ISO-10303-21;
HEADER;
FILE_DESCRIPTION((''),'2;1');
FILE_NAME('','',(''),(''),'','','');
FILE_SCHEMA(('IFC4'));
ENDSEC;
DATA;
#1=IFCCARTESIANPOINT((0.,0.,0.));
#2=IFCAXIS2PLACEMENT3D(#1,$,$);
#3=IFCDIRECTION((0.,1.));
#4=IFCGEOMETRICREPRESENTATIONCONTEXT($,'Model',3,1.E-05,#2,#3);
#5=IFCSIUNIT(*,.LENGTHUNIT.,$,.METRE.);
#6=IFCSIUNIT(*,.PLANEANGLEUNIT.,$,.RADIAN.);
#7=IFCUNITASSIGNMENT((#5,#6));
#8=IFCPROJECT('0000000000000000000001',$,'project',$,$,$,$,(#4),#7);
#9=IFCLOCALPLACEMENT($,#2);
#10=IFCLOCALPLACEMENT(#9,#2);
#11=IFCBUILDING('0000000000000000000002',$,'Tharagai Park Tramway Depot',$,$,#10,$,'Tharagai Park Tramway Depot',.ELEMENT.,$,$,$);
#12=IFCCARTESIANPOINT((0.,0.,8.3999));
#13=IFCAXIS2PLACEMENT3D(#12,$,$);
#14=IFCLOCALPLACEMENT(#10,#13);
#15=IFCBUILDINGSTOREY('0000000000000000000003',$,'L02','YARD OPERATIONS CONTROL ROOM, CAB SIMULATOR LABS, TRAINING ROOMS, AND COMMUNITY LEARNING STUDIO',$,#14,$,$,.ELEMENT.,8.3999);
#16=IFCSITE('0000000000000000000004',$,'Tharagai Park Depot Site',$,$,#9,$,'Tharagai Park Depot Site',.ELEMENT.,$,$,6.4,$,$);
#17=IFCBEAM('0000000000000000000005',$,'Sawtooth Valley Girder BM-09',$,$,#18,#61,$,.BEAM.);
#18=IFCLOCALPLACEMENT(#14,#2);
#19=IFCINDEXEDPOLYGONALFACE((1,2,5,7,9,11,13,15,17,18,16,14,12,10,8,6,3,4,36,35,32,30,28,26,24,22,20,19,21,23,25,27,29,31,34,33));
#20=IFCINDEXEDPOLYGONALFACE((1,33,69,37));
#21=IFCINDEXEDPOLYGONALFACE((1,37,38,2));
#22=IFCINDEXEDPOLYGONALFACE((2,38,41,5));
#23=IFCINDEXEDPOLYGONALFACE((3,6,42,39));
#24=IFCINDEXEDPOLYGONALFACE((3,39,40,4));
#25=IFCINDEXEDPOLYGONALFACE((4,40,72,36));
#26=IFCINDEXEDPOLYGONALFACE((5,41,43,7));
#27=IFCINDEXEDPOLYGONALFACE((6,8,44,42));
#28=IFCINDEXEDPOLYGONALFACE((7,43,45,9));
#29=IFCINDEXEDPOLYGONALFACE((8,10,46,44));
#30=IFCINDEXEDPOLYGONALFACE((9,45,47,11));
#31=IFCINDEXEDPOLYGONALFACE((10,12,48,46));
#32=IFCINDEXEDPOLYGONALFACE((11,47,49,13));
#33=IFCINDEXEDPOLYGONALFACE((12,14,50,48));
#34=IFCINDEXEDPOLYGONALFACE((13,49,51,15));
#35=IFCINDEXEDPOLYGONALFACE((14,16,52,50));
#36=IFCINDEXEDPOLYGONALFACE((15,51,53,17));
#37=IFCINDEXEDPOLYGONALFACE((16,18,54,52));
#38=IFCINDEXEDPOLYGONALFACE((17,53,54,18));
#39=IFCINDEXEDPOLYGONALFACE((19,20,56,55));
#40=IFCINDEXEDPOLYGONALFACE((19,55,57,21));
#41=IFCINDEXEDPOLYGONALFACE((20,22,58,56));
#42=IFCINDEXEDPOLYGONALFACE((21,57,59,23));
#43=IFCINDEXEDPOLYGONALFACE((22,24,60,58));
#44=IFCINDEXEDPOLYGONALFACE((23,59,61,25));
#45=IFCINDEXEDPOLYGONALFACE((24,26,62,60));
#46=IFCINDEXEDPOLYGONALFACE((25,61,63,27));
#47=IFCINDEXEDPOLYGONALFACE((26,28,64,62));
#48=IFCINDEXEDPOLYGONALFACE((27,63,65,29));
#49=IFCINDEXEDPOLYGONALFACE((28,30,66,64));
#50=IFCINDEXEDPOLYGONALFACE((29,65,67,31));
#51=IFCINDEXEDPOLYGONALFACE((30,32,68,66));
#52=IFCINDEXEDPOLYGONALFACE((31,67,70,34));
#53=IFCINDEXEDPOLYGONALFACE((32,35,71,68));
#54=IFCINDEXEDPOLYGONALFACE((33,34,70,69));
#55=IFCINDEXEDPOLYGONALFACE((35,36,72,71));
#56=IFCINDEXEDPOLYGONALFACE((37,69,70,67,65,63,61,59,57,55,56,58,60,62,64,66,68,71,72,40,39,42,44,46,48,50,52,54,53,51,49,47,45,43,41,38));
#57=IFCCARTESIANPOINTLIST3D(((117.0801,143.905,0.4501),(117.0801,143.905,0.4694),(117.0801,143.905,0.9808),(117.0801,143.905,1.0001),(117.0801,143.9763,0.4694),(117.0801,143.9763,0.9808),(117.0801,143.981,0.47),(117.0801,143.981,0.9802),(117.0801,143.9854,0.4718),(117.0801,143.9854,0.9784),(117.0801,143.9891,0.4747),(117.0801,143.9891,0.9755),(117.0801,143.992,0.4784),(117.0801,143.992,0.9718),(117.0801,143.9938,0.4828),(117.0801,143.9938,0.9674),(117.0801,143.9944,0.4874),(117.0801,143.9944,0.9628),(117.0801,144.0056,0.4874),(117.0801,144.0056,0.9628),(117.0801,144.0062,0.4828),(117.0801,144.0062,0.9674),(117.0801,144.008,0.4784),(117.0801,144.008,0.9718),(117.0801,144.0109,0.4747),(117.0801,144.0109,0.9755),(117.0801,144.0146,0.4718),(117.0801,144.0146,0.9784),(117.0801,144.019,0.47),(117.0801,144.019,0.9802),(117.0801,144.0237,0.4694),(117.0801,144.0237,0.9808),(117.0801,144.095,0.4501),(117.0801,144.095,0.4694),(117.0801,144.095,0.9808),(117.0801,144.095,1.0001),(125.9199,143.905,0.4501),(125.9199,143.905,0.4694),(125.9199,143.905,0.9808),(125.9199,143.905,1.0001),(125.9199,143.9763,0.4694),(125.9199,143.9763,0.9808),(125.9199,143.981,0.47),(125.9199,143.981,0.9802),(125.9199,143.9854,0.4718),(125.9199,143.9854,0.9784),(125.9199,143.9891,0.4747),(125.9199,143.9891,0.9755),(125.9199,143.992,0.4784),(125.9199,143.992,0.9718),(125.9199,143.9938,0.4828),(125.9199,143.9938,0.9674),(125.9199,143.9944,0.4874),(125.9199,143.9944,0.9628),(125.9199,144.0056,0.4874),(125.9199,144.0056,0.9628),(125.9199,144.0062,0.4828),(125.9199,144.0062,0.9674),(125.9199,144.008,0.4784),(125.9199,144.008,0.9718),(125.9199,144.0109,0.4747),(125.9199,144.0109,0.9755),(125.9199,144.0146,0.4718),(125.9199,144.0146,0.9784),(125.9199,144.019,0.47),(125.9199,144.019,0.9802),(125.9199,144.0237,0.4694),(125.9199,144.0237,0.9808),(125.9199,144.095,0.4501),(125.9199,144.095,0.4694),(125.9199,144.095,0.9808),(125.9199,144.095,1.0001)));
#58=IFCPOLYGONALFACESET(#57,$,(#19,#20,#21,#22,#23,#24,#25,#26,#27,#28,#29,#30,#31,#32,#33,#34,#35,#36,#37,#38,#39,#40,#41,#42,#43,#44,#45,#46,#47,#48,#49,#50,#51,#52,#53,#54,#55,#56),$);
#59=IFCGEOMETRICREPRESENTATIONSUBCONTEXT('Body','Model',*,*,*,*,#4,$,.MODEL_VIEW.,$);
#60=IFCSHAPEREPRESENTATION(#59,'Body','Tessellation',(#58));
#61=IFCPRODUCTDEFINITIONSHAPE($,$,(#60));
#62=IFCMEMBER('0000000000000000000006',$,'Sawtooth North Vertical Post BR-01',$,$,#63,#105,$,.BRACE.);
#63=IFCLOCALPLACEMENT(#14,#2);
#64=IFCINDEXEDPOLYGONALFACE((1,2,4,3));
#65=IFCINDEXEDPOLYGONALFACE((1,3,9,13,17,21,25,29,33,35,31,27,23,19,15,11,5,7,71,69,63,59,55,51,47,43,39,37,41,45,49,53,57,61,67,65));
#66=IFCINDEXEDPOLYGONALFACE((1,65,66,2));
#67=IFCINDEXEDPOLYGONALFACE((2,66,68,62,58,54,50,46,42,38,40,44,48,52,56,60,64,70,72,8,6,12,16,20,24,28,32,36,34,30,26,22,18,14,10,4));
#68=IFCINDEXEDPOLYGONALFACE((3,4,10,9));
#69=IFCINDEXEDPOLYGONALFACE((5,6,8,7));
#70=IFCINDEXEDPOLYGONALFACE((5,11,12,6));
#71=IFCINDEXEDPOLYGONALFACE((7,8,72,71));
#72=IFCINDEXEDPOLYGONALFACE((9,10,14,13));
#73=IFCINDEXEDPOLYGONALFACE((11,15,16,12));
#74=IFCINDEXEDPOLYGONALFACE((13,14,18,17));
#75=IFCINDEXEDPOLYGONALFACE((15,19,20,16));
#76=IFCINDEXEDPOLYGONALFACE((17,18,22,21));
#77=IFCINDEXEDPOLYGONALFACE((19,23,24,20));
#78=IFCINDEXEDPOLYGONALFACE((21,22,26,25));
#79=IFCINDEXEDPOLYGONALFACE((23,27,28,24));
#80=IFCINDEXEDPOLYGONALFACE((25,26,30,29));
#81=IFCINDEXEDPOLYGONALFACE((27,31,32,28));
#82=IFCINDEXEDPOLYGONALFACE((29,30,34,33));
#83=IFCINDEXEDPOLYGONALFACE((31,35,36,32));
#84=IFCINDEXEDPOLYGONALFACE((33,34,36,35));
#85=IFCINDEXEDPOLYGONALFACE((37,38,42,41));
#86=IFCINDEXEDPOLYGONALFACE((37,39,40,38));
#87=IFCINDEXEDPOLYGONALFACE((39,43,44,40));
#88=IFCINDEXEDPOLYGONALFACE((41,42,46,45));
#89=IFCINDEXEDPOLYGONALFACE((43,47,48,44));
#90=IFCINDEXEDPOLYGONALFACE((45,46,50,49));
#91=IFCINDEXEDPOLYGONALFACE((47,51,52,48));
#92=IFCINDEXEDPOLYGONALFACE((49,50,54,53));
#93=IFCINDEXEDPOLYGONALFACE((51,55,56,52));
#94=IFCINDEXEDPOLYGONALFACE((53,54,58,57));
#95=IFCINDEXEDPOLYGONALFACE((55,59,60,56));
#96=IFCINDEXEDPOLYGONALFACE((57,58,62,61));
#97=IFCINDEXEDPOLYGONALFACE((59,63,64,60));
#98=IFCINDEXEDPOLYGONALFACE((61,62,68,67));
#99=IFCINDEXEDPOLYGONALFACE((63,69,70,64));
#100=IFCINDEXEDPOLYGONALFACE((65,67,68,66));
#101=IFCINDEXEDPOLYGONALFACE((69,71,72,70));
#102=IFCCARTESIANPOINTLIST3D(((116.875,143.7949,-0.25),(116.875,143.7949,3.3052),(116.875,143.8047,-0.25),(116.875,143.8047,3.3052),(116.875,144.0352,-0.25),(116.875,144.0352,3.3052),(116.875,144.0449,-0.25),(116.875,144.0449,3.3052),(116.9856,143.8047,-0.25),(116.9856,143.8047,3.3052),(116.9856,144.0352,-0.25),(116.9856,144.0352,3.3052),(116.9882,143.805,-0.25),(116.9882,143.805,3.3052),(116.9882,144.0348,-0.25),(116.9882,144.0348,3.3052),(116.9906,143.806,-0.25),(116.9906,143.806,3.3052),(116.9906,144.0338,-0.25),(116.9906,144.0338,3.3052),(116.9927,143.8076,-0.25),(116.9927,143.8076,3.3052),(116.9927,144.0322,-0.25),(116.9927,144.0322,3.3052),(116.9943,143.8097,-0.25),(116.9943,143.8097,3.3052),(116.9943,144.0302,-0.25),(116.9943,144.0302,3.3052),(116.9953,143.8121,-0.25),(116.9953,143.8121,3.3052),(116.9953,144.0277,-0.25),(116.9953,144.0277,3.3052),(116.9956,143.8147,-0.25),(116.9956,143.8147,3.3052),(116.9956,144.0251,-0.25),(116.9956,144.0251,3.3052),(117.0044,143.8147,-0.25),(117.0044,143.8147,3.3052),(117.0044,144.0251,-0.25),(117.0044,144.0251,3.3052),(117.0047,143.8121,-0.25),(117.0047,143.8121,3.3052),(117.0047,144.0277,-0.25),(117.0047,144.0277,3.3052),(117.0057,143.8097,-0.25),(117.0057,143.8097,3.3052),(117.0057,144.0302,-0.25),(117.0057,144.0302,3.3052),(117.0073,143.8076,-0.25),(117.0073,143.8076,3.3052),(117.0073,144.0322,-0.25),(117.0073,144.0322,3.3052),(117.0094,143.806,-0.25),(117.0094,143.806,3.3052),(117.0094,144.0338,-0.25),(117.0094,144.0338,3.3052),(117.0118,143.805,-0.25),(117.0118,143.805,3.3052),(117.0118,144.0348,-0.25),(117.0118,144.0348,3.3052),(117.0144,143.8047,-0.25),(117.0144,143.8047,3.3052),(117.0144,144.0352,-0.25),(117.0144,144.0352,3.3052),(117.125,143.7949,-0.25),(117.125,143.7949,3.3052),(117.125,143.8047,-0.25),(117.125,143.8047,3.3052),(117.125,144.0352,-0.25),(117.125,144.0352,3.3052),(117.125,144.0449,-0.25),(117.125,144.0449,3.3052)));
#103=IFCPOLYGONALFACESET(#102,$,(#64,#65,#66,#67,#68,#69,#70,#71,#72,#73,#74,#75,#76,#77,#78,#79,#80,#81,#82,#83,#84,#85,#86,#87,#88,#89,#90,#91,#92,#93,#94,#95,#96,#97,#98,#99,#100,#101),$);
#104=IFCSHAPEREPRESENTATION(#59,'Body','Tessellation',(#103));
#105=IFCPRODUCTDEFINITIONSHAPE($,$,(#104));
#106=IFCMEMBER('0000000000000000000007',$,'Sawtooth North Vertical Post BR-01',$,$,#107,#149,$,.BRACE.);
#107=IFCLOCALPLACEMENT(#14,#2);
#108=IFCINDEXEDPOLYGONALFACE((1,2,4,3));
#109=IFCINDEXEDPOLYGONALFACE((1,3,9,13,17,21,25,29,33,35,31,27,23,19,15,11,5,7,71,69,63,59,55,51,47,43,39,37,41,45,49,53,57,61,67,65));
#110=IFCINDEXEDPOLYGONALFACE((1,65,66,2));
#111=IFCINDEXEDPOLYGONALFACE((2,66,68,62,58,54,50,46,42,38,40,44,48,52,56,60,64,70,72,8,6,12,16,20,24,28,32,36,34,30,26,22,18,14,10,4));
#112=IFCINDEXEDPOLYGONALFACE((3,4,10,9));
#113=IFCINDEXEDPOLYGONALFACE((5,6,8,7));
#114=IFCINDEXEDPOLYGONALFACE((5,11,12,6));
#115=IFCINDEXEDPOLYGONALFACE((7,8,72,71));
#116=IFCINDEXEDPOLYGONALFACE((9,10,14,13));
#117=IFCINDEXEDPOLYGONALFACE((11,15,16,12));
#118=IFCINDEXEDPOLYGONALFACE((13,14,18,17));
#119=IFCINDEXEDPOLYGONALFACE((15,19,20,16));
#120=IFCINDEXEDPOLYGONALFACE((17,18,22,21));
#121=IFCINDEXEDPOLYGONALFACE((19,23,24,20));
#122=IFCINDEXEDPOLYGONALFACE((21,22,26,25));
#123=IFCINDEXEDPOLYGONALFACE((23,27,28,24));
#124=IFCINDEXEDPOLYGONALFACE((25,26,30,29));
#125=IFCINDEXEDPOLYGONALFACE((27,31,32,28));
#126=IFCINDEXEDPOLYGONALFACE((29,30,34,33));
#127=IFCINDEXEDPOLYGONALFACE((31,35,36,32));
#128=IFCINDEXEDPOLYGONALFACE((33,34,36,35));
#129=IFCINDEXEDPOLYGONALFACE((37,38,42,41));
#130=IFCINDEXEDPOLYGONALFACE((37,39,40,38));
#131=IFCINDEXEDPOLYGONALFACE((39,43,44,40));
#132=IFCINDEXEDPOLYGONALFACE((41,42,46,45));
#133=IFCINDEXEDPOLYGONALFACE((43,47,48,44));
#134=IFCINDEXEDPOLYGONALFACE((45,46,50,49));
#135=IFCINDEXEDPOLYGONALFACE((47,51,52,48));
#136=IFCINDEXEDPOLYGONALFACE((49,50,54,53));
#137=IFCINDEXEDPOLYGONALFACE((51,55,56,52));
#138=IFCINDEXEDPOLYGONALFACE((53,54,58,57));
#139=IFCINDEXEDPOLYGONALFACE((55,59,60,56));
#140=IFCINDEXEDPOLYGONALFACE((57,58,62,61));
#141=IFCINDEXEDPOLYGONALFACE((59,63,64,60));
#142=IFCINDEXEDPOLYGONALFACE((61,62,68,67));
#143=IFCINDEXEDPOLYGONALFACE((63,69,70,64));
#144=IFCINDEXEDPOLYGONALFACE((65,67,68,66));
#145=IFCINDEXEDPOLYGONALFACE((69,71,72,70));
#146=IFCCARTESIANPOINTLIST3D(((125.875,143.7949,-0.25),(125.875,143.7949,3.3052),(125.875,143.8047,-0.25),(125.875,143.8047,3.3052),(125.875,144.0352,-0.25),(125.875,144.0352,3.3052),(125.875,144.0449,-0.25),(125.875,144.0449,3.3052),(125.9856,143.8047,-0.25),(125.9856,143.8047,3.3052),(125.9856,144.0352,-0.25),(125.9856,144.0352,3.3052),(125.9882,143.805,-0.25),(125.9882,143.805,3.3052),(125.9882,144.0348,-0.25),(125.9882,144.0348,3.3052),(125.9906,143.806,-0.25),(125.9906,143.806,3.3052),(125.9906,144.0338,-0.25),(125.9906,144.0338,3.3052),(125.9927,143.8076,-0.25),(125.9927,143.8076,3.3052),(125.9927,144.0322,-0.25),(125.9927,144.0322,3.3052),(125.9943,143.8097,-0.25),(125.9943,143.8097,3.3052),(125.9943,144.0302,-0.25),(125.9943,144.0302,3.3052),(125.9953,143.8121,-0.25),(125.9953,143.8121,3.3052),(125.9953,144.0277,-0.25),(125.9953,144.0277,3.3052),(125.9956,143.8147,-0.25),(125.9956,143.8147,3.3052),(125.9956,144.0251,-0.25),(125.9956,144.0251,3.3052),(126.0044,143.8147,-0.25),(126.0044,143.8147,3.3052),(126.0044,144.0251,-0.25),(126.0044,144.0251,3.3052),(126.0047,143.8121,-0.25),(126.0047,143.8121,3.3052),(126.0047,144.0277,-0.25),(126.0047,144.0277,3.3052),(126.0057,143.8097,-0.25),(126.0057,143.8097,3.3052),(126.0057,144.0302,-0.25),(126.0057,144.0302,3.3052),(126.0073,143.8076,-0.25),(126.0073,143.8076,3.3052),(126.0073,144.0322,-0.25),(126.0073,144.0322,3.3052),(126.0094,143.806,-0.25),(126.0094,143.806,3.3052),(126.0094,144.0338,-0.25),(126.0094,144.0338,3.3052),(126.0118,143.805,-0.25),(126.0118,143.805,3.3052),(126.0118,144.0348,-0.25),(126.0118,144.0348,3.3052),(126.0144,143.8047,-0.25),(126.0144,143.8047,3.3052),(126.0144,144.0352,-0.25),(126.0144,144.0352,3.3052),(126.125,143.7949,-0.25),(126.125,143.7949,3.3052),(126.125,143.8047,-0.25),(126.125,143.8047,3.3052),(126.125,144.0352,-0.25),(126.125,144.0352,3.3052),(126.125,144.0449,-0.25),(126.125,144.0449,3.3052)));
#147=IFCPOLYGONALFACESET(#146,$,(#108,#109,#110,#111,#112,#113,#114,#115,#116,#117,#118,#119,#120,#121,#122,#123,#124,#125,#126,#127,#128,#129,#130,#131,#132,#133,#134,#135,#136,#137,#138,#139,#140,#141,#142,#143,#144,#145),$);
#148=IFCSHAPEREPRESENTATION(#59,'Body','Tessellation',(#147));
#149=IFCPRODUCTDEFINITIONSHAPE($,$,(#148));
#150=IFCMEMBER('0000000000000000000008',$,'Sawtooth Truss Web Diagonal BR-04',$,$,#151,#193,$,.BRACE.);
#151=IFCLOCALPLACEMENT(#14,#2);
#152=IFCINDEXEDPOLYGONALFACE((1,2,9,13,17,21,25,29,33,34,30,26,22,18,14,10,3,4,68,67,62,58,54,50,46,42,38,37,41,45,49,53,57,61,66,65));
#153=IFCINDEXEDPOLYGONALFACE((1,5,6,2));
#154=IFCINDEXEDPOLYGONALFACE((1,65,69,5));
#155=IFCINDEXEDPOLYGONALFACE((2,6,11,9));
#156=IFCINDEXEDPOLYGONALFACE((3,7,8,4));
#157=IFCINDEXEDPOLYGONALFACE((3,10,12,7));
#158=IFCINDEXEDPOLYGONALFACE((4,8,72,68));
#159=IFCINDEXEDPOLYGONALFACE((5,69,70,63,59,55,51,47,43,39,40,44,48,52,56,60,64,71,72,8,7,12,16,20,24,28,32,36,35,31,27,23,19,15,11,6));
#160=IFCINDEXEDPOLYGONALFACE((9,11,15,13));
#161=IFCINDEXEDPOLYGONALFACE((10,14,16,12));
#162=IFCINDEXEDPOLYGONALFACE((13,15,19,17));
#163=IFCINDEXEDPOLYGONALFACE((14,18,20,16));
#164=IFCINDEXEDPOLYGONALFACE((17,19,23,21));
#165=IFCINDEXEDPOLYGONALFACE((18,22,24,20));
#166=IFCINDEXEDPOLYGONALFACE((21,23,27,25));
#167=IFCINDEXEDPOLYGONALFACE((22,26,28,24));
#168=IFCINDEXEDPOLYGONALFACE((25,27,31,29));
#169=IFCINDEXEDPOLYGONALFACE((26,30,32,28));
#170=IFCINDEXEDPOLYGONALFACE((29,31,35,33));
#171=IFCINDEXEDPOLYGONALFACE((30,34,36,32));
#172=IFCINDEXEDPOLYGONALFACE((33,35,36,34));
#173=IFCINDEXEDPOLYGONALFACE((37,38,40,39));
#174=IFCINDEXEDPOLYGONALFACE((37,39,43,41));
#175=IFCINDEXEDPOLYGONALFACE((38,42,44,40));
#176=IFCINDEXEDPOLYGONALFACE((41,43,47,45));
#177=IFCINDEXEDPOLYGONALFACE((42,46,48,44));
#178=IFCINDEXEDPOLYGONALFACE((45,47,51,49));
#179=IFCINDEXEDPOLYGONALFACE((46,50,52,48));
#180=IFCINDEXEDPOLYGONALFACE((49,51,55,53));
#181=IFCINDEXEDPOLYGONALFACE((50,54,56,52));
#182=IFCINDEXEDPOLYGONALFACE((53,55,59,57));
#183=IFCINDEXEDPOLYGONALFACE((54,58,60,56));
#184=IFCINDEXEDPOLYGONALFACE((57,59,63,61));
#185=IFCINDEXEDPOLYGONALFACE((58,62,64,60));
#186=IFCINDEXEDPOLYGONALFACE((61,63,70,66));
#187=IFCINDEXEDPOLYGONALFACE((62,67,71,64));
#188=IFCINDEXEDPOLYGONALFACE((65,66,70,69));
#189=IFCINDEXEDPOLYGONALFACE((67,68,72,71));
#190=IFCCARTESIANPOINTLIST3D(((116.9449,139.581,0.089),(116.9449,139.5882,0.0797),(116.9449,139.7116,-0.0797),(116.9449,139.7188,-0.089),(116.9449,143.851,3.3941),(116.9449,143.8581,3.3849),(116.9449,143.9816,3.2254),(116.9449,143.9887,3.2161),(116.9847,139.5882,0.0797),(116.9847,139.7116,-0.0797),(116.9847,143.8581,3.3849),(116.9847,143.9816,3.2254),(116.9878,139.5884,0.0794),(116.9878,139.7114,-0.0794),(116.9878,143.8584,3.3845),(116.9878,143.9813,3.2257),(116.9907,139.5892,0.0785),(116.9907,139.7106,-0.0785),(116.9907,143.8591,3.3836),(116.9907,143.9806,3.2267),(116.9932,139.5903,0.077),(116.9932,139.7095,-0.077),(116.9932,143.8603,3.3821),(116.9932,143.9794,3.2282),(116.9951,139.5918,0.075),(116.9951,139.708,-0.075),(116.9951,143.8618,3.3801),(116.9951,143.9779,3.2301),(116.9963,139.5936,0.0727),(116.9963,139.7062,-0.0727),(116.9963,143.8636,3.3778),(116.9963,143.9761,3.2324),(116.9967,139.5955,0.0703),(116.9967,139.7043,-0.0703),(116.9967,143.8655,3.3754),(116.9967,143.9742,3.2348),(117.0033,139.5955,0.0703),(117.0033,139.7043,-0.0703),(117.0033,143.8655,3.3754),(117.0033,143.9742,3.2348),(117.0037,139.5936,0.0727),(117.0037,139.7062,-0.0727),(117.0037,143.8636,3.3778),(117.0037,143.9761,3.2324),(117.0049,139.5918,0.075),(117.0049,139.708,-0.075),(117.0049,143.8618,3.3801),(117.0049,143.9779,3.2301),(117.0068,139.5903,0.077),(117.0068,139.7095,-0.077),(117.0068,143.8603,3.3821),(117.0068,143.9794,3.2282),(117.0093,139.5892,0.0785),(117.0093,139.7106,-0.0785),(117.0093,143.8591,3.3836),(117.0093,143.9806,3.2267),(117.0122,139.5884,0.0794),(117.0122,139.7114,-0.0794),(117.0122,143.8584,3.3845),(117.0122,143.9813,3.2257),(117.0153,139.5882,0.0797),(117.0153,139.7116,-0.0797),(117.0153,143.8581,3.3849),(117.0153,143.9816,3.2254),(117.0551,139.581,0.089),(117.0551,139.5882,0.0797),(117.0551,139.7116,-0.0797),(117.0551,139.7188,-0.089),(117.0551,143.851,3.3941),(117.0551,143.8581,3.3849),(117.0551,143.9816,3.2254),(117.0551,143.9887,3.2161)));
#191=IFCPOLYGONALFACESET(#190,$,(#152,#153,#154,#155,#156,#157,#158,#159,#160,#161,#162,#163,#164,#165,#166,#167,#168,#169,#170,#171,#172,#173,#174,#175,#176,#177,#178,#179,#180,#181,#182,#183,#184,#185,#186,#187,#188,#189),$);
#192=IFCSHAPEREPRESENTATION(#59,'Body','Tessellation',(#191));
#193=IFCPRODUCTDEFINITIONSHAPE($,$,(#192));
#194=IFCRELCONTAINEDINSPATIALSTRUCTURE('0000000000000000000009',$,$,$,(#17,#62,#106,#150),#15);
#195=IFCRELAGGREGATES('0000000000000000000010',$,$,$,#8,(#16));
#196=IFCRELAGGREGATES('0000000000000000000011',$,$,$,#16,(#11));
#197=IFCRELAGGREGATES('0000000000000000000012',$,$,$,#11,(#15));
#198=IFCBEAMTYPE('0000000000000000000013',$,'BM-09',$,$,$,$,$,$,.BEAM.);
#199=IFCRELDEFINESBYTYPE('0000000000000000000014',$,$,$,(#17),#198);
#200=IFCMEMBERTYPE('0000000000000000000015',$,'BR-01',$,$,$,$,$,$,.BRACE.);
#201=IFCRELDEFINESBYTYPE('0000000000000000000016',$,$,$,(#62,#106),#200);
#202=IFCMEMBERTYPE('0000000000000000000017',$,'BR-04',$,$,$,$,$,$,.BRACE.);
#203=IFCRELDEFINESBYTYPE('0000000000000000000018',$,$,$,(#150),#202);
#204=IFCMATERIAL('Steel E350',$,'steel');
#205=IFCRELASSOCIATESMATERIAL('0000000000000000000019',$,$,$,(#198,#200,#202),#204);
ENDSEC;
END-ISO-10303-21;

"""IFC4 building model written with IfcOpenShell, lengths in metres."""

from ifc_helpers import new_model, si_unit, direction, frame, origin, origin_2d, place, context, subcontext, project, spatial, i_section, extrude, material, material_profile, profile_set, type_object, element, save


model = new_model("IFC4")

# Units and contexts
model_context = context("Model", 3, precision=1e-05, world=origin(), true_north=direction((0.0, 1.0)))
body_context = subcontext(model_context, "Body", "Model", "MODEL_VIEW")
ifc_project = project(units=[si_unit("LENGTHUNIT", "METRE"), si_unit("PLANEANGLEUNIT", "RADIAN")], contexts=[model_context])

# Site, building, storey
site_placement = place(None, origin())
site = spatial("IfcSite", under=ifc_project, at=site_placement, Name="Tharagai Park Depot Site", LongName="Tharagai Park Depot Site", CompositionType="ELEMENT", RefElevation=6.4)
building_placement = place(site_placement, origin())
building = spatial("IfcBuilding", under=site, at=building_placement, Name="Tharagai Park Tramway Depot", LongName="Tharagai Park Tramway Depot", CompositionType="ELEMENT")
storey_placement = place(building_placement, frame((0.0, 0.0, 8.3999)))
storey = spatial("IfcBuildingStorey", under=building, at=storey_placement, Name="L02", Description="YARD OPERATIONS CONTROL ROOM, CAB SIMULATOR LABS, TRAINING ROOMS, AND COMMUNITY LEARNING STUDIO", CompositionType="ELEMENT", Elevation=8.3999)

# Beam
ifc_material_1 = material(Name="Steel E350", Category="steel")
ifc_material_profile_1 = material_profile(ifc_material_1, i_section(OverallWidth=0.1899, OverallDepth=0.55, WebThickness=0.0112, FlangeThickness=0.0193, FilletRadius=0.0181, at=origin_2d()), Name="ISMB 550")
ifc_profile_set_1 = profile_set([ifc_material_profile_1], Name="Steel E350")
beam_type = type_object("IfcBeamType", Name="BM-09", PredefinedType="BEAM", material=ifc_profile_set_1)
beam_placement = place(storey_placement, frame((117.0801, 144.0, 0.7251), z_axis=(1.0, 0.0, 0.0), x_axis=(0.0, 1.0, 0.0)))
element("IfcBeam", 1, at=beam_placement, inside=storey, type_object=beam_type, Name="Sawtooth Valley Girder BM-09", PredefinedType="BEAM", context=body_context, shape_type="SweptSolid", body=[
    extrude(i_section(OverallWidth=0.1899, OverallDepth=0.55, WebThickness=0.0112, FlangeThickness=0.0193, FilletRadius=0.0181, at=origin_2d()), origin(), (0.0, 0.0, 1.0), 8.8398),
])

# Members
ifc_material_profile_2 = material_profile(ifc_material_1, i_section(OverallWidth=0.25, OverallDepth=0.25, WebThickness=0.0088, FlangeThickness=0.0098, FilletRadius=0.01, at=origin_2d()), Name="ISHB 250")
ifc_profile_set_2 = profile_set([ifc_material_profile_2], Name="Steel E350")
member_type_1 = type_object("IfcMemberType", Name="BR-01", PredefinedType="BRACE", material=ifc_profile_set_2)
for number, where, z_axis, x_axis, name in (
    (2, (117.0, 143.9199, -0.25), (0.0, 0.0, 1.0), (1.0, 0.0, 0.0), "Sawtooth North Vertical Post BR-01"),
    (3, (126.0, 143.9199, -0.25), (0.0, 0.0, 1.0), (1.0, 0.0, 0.0), "Sawtooth North Vertical Post BR-01"),
):
    element("IfcMember", number, at=place(storey_placement, frame(where, z_axis=z_axis, x_axis=x_axis)), inside=storey, type_object=member_type_1, Name=name, PredefinedType="BRACE", context=body_context, shape_type="SweptSolid", body=[
        extrude(i_section(OverallWidth=0.25, OverallDepth=0.25, WebThickness=0.0088, FlangeThickness=0.0098, FilletRadius=0.01, at=origin_2d()), origin(), (0.0, 0.0, 1.0), 3.5552),
    ])
ifc_material_profile_3 = material_profile(ifc_material_1, i_section(OverallWidth=0.1101, OverallDepth=0.2251, WebThickness=0.0066, FlangeThickness=0.0117, FilletRadius=0.012, at=origin_2d()), Name="ISMB 225")
ifc_profile_set_3 = profile_set([ifc_material_profile_3], Name="Steel E350")
member_type_2 = type_object("IfcMemberType", Name="BR-04", PredefinedType="BRACE", material=ifc_profile_set_3)
for number, where, z_axis, x_axis, name in (
    (4, (117.0, 139.6499, 0.0), (0.0, 0.790782, 0.612098), (-1.0, 0.0, 0.0), "Sawtooth Truss Web Diagonal BR-04"),
):
    element("IfcMember", number, at=place(storey_placement, frame(where, z_axis=z_axis, x_axis=x_axis)), inside=storey, type_object=member_type_2, Name=name, PredefinedType="BRACE", context=body_context, shape_type="SweptSolid", body=[
        extrude(i_section(OverallWidth=0.1101, OverallDepth=0.2251, WebThickness=0.0066, FlangeThickness=0.0117, FilletRadius=0.012, at=origin_2d()), origin(), (0.0, 0.0, 1.0), 5.3997),
    ])

save(model, "model.ifc")
